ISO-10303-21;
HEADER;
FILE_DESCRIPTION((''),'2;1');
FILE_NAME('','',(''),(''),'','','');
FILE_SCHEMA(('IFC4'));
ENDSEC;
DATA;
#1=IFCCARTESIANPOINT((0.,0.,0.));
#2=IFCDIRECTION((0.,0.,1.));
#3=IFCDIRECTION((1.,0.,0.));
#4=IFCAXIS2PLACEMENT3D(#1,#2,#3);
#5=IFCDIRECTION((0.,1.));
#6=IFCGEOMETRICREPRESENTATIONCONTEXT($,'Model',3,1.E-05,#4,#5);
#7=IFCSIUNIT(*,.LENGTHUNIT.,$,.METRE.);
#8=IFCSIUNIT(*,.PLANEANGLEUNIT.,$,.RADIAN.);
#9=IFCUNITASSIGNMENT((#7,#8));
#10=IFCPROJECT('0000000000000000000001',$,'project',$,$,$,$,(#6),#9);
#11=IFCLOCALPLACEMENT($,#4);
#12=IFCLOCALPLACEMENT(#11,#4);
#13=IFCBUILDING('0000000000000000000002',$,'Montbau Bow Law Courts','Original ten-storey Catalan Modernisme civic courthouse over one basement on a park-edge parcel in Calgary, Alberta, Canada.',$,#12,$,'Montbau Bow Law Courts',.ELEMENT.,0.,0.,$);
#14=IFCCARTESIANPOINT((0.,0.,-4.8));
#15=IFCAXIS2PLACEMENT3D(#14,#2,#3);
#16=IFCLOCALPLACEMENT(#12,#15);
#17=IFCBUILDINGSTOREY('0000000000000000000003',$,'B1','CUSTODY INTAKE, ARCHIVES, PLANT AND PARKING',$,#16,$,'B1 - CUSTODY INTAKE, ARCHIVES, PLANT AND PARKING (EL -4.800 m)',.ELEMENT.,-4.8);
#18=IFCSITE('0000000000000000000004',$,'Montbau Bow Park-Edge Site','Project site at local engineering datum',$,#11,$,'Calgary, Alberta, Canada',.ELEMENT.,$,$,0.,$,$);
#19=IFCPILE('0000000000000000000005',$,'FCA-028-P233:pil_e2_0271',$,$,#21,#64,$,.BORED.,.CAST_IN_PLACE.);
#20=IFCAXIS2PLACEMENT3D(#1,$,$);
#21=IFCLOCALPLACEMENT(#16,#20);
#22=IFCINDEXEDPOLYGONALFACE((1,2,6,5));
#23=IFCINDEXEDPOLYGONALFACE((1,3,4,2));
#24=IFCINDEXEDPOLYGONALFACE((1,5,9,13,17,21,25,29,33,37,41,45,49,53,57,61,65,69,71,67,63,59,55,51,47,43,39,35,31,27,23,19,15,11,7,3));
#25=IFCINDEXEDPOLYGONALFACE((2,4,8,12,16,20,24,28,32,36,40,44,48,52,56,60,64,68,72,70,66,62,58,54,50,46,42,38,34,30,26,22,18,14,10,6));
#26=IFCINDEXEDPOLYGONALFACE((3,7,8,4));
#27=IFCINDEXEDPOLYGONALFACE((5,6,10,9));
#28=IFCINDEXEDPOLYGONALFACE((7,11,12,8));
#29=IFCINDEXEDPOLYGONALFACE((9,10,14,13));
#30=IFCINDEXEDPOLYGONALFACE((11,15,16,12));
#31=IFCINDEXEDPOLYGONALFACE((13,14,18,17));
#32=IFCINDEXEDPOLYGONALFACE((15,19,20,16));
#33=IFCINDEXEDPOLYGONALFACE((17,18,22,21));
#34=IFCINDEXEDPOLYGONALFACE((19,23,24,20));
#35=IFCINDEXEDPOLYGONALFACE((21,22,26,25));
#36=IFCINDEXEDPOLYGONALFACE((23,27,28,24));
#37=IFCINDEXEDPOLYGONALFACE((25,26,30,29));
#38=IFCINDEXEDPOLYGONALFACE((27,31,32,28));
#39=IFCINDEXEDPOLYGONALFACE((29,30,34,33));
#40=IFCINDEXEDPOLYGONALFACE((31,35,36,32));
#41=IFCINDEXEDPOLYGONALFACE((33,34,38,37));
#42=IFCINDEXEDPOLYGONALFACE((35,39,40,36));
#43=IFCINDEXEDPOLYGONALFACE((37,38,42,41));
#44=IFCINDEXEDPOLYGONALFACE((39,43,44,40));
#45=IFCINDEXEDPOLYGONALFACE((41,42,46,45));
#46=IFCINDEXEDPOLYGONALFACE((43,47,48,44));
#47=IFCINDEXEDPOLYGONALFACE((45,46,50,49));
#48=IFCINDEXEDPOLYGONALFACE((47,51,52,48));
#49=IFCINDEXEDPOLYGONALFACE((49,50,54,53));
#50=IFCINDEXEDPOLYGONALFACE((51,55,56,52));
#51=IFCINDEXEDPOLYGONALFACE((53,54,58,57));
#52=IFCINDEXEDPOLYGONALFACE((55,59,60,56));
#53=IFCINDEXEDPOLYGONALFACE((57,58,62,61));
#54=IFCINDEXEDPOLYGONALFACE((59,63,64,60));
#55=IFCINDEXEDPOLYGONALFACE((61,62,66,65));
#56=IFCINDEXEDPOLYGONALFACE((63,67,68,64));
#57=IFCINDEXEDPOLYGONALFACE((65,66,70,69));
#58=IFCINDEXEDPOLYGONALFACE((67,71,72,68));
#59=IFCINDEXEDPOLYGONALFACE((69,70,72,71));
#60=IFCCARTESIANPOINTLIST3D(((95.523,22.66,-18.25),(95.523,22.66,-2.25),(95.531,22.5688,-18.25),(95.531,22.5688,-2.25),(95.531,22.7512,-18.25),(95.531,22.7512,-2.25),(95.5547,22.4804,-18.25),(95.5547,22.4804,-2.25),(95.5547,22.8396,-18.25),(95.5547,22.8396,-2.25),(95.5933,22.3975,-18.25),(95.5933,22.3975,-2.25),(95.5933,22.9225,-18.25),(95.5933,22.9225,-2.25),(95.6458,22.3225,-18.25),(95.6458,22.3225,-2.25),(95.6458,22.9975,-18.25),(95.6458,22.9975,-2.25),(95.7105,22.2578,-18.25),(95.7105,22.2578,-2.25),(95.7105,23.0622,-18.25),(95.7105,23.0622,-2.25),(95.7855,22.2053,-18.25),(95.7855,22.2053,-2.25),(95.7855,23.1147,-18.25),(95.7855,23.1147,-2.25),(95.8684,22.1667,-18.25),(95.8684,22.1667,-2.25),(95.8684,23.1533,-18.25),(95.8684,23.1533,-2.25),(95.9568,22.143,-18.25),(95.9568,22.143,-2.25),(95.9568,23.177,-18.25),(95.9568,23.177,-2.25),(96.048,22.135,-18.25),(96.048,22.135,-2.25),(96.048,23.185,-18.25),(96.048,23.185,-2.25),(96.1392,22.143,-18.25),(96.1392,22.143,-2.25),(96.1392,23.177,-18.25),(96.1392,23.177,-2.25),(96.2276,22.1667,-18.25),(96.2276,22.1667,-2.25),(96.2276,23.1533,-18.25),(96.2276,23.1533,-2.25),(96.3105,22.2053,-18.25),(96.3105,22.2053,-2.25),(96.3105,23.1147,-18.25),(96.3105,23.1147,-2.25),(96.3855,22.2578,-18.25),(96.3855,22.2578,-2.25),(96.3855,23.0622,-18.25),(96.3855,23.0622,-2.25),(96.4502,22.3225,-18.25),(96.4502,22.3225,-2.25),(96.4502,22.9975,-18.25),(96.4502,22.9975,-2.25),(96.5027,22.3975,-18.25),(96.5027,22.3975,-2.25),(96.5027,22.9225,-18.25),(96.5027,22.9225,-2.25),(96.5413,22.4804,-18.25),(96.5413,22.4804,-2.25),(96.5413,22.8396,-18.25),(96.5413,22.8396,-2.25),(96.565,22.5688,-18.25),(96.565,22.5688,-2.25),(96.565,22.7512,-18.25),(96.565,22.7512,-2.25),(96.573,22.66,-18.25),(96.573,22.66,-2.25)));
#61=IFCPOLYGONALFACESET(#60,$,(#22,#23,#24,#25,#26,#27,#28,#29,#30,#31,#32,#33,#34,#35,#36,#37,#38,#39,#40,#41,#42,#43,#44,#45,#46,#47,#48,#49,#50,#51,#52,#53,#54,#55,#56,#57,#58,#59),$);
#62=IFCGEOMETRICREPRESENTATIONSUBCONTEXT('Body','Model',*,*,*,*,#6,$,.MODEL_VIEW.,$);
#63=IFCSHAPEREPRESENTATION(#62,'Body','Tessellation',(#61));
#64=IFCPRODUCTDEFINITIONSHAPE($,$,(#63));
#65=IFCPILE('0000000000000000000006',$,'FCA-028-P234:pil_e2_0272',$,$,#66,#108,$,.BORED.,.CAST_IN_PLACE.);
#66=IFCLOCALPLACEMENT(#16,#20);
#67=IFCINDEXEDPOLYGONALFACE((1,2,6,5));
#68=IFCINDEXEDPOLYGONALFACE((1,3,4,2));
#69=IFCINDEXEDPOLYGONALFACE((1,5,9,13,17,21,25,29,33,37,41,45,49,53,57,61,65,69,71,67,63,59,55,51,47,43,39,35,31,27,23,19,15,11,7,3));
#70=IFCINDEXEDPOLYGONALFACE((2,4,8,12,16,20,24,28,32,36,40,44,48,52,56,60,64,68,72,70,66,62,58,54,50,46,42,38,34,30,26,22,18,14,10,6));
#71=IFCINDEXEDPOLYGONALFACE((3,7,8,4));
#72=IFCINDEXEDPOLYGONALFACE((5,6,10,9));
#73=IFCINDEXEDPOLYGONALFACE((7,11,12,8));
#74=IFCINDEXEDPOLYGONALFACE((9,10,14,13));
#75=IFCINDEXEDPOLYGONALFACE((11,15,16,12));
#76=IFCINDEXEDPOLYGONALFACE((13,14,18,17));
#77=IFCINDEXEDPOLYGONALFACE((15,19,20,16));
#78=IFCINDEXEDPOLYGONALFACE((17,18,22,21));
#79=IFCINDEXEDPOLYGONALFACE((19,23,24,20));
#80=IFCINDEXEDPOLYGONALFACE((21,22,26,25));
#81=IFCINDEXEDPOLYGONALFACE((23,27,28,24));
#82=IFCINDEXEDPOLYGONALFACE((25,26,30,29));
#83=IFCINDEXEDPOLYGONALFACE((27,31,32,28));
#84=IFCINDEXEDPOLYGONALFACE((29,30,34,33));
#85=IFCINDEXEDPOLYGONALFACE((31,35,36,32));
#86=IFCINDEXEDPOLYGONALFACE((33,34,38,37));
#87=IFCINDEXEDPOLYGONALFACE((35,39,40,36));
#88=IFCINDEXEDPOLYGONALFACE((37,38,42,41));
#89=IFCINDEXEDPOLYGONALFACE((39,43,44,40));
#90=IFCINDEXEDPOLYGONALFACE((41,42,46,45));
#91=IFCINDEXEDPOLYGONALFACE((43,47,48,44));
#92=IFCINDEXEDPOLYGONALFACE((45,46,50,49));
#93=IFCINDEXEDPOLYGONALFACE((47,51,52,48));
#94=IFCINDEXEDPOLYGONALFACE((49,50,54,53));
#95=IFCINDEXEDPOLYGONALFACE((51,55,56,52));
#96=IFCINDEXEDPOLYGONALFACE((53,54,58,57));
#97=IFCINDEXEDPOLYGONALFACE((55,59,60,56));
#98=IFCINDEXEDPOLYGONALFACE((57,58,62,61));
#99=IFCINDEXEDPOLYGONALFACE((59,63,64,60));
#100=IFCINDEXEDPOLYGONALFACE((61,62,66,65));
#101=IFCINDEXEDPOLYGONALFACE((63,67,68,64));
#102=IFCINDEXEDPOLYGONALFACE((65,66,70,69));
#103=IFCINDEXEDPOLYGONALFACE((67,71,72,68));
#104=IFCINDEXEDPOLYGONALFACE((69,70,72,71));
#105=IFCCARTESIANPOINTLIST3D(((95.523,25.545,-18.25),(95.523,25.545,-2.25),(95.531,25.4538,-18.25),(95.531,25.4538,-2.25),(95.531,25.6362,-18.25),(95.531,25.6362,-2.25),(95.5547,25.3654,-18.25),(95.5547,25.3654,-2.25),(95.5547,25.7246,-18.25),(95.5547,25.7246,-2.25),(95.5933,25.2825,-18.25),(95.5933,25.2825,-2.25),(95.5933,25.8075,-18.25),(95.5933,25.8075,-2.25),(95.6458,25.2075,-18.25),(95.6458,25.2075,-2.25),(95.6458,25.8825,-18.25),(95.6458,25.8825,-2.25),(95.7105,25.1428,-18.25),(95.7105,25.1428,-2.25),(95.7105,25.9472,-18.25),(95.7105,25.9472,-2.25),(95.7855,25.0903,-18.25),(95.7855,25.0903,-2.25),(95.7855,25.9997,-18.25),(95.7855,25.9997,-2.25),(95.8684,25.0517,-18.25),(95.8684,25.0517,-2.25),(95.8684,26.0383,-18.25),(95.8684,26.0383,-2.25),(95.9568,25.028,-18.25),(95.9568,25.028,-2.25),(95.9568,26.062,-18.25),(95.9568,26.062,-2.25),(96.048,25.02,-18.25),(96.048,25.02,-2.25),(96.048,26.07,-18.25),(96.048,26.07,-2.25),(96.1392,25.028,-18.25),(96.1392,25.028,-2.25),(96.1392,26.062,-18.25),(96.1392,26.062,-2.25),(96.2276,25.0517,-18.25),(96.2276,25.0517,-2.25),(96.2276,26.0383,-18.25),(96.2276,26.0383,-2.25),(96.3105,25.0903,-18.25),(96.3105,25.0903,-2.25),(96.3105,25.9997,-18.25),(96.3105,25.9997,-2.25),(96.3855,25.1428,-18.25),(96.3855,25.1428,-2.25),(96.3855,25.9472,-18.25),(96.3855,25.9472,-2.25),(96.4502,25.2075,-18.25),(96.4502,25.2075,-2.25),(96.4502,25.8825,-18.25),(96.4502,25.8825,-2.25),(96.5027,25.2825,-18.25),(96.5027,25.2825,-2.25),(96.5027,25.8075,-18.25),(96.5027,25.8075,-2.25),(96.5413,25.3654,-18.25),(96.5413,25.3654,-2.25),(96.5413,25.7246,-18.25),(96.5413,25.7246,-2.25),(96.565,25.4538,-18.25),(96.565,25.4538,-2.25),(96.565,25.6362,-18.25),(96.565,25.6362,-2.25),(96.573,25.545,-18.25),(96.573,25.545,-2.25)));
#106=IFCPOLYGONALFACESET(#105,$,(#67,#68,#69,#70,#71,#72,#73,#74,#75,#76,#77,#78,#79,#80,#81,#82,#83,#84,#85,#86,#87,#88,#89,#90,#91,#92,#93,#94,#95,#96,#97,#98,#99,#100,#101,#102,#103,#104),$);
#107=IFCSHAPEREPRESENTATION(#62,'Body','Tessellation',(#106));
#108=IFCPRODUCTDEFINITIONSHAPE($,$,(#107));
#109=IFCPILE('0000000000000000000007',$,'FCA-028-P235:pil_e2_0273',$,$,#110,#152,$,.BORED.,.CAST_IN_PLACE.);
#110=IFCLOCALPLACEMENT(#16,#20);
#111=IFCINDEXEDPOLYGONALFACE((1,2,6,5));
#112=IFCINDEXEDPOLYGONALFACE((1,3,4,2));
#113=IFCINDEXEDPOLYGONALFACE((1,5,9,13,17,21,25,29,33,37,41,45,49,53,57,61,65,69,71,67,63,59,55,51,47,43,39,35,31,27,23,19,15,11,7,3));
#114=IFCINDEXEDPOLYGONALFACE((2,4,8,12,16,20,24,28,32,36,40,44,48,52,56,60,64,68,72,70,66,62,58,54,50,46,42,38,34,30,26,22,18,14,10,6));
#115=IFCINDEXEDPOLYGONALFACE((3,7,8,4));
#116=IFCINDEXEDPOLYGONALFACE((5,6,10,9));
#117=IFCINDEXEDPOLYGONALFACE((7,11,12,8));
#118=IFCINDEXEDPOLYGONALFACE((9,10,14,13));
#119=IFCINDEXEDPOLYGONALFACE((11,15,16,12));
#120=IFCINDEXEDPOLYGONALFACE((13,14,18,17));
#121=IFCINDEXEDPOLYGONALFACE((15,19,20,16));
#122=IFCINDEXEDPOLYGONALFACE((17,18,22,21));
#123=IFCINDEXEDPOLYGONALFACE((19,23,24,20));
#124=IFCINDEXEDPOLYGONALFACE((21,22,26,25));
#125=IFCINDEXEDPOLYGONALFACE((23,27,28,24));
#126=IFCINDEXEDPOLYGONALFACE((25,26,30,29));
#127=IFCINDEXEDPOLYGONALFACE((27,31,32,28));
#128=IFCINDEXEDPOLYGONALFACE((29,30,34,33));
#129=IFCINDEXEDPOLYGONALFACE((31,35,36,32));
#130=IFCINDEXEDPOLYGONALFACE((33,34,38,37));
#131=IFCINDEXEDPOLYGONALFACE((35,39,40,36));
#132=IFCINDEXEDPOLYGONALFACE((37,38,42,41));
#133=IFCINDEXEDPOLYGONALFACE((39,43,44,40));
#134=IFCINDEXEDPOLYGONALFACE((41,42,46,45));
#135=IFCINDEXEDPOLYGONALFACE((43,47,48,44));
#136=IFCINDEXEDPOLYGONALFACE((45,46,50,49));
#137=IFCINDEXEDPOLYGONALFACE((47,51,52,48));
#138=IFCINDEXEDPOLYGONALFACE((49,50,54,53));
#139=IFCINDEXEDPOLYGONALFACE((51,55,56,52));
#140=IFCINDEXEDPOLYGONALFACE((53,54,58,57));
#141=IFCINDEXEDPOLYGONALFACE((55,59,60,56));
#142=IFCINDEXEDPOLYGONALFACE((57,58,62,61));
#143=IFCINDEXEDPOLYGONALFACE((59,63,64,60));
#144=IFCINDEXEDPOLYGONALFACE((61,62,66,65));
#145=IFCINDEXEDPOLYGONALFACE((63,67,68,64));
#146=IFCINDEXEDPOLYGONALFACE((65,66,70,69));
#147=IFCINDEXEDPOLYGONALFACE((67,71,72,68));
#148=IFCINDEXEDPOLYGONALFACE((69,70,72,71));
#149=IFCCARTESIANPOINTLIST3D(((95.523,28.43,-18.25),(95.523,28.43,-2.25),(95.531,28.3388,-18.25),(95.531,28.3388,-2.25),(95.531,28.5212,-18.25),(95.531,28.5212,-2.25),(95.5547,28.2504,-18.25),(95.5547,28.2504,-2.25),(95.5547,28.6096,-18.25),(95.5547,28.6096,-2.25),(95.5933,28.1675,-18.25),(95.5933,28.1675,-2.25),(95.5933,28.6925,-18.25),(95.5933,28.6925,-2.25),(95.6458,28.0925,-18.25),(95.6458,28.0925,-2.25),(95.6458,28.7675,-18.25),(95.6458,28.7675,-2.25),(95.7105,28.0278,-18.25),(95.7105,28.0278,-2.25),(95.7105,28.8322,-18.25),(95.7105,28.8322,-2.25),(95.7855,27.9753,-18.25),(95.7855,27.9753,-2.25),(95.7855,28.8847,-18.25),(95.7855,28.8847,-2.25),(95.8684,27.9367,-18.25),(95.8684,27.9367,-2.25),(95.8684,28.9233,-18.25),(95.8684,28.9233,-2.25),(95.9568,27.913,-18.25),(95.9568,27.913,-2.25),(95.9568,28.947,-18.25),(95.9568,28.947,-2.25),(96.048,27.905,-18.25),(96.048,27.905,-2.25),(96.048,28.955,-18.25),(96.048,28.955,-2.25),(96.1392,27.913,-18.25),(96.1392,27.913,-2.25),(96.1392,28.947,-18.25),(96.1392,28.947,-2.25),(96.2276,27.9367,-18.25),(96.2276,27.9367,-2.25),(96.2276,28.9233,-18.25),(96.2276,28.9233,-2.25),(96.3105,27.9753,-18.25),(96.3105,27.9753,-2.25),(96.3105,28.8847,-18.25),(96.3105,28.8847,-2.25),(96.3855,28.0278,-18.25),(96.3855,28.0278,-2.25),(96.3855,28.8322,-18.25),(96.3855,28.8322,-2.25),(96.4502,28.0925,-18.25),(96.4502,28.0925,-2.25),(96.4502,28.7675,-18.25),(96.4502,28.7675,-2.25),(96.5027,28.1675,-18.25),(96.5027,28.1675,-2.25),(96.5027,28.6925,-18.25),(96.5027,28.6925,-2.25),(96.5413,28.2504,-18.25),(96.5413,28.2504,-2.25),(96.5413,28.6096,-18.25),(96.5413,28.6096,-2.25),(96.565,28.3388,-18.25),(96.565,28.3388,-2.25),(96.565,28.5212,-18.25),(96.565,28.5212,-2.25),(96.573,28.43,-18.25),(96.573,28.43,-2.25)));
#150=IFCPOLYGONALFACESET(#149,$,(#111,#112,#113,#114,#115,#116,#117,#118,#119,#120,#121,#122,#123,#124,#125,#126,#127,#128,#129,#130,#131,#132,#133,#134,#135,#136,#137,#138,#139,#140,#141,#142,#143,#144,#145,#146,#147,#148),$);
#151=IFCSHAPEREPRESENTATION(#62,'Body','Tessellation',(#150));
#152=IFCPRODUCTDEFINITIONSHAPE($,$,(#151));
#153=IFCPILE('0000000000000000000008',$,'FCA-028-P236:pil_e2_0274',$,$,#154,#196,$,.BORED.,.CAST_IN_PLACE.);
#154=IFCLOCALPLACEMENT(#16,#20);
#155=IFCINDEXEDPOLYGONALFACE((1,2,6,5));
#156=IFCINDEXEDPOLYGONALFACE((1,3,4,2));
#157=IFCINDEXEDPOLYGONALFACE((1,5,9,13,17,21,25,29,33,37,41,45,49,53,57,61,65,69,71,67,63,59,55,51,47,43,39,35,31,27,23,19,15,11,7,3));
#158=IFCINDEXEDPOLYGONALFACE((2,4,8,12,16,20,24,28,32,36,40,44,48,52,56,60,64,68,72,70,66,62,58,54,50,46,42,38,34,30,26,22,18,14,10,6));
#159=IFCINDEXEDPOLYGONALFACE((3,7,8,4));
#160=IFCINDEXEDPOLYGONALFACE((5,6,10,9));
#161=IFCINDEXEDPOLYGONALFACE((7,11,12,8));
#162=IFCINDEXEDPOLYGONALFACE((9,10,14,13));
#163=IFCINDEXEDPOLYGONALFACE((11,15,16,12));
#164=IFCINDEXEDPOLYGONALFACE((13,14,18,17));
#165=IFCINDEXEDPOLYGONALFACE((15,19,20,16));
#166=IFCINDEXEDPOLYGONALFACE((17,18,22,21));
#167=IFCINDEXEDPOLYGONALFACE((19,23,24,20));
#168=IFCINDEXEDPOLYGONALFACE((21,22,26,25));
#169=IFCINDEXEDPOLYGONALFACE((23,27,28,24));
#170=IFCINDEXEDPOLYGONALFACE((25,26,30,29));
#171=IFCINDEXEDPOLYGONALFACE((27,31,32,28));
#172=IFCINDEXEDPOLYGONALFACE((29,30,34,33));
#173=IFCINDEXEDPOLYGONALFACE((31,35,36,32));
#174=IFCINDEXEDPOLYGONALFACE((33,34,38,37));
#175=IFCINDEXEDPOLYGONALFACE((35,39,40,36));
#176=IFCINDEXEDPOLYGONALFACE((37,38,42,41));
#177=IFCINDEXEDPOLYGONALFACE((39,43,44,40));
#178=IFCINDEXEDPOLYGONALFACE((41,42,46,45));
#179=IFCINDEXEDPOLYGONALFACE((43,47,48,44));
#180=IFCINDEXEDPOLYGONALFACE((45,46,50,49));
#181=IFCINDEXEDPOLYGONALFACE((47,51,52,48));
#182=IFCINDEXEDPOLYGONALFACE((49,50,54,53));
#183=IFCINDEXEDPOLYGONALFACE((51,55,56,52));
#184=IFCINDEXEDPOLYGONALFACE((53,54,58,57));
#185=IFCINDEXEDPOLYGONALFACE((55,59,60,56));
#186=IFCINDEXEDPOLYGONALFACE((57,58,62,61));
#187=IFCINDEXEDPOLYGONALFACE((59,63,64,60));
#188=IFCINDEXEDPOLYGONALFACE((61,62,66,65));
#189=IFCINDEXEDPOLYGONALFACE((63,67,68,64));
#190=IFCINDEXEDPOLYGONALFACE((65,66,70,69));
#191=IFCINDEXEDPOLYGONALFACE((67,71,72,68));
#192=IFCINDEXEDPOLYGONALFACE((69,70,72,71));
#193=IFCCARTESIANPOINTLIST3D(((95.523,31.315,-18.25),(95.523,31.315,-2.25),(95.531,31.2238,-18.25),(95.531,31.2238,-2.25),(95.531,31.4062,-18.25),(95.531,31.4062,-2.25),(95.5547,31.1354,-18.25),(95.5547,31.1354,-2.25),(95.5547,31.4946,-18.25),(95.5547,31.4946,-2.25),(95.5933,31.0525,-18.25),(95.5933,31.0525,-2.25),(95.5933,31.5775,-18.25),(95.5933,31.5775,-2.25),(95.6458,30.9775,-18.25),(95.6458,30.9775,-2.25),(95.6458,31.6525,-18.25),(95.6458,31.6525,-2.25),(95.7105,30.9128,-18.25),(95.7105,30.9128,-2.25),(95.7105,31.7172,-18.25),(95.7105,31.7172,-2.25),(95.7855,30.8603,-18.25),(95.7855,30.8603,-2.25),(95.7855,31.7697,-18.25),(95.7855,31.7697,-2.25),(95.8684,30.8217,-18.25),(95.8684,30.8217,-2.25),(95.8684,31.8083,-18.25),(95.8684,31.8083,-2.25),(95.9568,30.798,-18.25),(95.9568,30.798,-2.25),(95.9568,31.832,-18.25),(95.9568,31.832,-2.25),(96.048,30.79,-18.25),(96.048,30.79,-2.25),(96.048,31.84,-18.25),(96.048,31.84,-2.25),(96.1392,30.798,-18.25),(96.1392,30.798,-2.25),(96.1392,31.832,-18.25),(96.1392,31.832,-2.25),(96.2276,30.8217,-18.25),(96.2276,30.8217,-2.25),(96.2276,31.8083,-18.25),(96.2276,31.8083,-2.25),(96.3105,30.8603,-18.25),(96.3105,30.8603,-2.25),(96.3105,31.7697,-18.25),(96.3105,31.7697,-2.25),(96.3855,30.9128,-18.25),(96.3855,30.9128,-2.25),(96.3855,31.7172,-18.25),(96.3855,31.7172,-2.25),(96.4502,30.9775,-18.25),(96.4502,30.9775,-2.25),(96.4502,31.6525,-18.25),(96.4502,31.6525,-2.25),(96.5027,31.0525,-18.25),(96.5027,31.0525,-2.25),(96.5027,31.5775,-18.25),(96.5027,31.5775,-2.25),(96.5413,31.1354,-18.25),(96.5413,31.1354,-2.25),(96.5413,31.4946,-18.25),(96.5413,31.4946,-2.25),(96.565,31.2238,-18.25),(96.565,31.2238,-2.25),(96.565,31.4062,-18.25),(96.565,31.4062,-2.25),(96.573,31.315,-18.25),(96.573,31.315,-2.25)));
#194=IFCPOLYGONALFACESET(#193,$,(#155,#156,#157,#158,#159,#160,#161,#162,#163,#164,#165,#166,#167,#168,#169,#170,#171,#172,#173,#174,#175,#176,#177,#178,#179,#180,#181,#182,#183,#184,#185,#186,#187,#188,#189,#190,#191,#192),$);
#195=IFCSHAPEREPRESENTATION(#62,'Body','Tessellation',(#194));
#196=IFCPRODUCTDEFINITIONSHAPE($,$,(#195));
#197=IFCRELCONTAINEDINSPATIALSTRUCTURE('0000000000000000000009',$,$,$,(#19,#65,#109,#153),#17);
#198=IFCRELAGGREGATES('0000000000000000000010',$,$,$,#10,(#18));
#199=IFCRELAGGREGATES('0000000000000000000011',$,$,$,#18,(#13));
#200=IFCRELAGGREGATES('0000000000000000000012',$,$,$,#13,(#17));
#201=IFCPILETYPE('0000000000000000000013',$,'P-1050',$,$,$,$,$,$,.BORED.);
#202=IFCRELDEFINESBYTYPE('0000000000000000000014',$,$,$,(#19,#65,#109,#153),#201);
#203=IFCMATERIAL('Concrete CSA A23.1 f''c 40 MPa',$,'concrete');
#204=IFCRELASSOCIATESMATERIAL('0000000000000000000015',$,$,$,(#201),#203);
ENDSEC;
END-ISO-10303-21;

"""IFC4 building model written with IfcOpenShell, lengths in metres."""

from ifc_helpers import new_model, si_unit, direction, frame, origin_with_axes, origin_2d_with_axis, place, context, subcontext, project, spatial, circle, extrude, material, material_profile, profile_set, type_object, element, save


model = new_model("IFC4")

# Units and contexts
model_context = context("Model", 3, precision=1e-05, world=origin_with_axes(), true_north=direction((0.0, 1.0)))
body_context = subcontext(model_context, "Body", "Model", "MODEL_VIEW")
ifc_project = project(units=[si_unit("LENGTHUNIT", "METRE"), si_unit("PLANEANGLEUNIT", "RADIAN")], contexts=[model_context])

# Site, building, storey
site_placement = place(None, origin_with_axes())
site = spatial("IfcSite", under=ifc_project, at=site_placement, Name="Montbau Bow Park-Edge Site", Description="Project site at local engineering datum", LongName="Calgary, Alberta, Canada", CompositionType="ELEMENT", RefElevation=0.0)
building_placement = place(site_placement, origin_with_axes())
building = spatial("IfcBuilding", under=site, at=building_placement, Name="Montbau Bow Law Courts", Description="Original ten-storey Catalan Modernisme civic courthouse over one basement on a park-edge parcel in Calgary, Alberta, Canada.", LongName="Montbau Bow Law Courts", CompositionType="ELEMENT", ElevationOfRefHeight=0.0, ElevationOfTerrain=0.0)
storey_placement = place(building_placement, frame((0.0, 0.0, -4.8), z_axis=(0.0, 0.0, 1.0), x_axis=(1.0, 0.0, 0.0)))
storey = spatial("IfcBuildingStorey", under=building, at=storey_placement, Name="B1", Description="CUSTODY INTAKE, ARCHIVES, PLANT AND PARKING", LongName="B1 - CUSTODY INTAKE, ARCHIVES, PLANT AND PARKING (EL -4.800 m)", CompositionType="ELEMENT", Elevation=-4.8)

# Piles
ifc_material_1 = material(Name="Concrete CSA A23.1 f'c 40 MPa", Category="concrete")
ifc_material_profile_1 = material_profile(ifc_material_1, circle(Radius=0.525, at=origin_2d_with_axis()), Name="BP1050", Category="Main", Priority=0)
ifc_profile_set_1 = profile_set([ifc_material_profile_1], Name="Concrete CSA A23.1 f'c 40 MPa")
pile_type = type_object("IfcPileType", Name="P-1050", PredefinedType="BORED", material=ifc_profile_set_1)
for number, where, z_axis, x_axis, name in (
    (1, (96.048, 22.66, -23.05), (0.0, 0.0, 1.0), (1.0, 0.0, 0.0), "FCA-028-P233:pil_e2_0271"),
    (2, (96.048, 25.545, -23.05), (0.0, 0.0, 1.0), (1.0, 0.0, 0.0), "FCA-028-P234:pil_e2_0272"),
    (3, (96.048, 28.43, -23.05), (0.0, 0.0, 1.0), (1.0, 0.0, 0.0), "FCA-028-P235:pil_e2_0273"),
    (4, (96.048, 31.315, -23.05), (0.0, 0.0, 1.0), (1.0, 0.0, 0.0), "FCA-028-P236:pil_e2_0274"),
):
    element("IfcPile", number, at=place(None, frame(where, z_axis=z_axis, x_axis=x_axis)), inside=storey, type_object=pile_type, Name=name, ConstructionType="CAST_IN_PLACE", PredefinedType="BORED", context=body_context, shape_type="SweptSolid", body=[
        extrude(circle(Radius=0.525, at=origin_2d_with_axis()), origin_with_axes(), (0.0, 0.0, 1.0), 16.0),
    ])

save(model, "model.ifc")
